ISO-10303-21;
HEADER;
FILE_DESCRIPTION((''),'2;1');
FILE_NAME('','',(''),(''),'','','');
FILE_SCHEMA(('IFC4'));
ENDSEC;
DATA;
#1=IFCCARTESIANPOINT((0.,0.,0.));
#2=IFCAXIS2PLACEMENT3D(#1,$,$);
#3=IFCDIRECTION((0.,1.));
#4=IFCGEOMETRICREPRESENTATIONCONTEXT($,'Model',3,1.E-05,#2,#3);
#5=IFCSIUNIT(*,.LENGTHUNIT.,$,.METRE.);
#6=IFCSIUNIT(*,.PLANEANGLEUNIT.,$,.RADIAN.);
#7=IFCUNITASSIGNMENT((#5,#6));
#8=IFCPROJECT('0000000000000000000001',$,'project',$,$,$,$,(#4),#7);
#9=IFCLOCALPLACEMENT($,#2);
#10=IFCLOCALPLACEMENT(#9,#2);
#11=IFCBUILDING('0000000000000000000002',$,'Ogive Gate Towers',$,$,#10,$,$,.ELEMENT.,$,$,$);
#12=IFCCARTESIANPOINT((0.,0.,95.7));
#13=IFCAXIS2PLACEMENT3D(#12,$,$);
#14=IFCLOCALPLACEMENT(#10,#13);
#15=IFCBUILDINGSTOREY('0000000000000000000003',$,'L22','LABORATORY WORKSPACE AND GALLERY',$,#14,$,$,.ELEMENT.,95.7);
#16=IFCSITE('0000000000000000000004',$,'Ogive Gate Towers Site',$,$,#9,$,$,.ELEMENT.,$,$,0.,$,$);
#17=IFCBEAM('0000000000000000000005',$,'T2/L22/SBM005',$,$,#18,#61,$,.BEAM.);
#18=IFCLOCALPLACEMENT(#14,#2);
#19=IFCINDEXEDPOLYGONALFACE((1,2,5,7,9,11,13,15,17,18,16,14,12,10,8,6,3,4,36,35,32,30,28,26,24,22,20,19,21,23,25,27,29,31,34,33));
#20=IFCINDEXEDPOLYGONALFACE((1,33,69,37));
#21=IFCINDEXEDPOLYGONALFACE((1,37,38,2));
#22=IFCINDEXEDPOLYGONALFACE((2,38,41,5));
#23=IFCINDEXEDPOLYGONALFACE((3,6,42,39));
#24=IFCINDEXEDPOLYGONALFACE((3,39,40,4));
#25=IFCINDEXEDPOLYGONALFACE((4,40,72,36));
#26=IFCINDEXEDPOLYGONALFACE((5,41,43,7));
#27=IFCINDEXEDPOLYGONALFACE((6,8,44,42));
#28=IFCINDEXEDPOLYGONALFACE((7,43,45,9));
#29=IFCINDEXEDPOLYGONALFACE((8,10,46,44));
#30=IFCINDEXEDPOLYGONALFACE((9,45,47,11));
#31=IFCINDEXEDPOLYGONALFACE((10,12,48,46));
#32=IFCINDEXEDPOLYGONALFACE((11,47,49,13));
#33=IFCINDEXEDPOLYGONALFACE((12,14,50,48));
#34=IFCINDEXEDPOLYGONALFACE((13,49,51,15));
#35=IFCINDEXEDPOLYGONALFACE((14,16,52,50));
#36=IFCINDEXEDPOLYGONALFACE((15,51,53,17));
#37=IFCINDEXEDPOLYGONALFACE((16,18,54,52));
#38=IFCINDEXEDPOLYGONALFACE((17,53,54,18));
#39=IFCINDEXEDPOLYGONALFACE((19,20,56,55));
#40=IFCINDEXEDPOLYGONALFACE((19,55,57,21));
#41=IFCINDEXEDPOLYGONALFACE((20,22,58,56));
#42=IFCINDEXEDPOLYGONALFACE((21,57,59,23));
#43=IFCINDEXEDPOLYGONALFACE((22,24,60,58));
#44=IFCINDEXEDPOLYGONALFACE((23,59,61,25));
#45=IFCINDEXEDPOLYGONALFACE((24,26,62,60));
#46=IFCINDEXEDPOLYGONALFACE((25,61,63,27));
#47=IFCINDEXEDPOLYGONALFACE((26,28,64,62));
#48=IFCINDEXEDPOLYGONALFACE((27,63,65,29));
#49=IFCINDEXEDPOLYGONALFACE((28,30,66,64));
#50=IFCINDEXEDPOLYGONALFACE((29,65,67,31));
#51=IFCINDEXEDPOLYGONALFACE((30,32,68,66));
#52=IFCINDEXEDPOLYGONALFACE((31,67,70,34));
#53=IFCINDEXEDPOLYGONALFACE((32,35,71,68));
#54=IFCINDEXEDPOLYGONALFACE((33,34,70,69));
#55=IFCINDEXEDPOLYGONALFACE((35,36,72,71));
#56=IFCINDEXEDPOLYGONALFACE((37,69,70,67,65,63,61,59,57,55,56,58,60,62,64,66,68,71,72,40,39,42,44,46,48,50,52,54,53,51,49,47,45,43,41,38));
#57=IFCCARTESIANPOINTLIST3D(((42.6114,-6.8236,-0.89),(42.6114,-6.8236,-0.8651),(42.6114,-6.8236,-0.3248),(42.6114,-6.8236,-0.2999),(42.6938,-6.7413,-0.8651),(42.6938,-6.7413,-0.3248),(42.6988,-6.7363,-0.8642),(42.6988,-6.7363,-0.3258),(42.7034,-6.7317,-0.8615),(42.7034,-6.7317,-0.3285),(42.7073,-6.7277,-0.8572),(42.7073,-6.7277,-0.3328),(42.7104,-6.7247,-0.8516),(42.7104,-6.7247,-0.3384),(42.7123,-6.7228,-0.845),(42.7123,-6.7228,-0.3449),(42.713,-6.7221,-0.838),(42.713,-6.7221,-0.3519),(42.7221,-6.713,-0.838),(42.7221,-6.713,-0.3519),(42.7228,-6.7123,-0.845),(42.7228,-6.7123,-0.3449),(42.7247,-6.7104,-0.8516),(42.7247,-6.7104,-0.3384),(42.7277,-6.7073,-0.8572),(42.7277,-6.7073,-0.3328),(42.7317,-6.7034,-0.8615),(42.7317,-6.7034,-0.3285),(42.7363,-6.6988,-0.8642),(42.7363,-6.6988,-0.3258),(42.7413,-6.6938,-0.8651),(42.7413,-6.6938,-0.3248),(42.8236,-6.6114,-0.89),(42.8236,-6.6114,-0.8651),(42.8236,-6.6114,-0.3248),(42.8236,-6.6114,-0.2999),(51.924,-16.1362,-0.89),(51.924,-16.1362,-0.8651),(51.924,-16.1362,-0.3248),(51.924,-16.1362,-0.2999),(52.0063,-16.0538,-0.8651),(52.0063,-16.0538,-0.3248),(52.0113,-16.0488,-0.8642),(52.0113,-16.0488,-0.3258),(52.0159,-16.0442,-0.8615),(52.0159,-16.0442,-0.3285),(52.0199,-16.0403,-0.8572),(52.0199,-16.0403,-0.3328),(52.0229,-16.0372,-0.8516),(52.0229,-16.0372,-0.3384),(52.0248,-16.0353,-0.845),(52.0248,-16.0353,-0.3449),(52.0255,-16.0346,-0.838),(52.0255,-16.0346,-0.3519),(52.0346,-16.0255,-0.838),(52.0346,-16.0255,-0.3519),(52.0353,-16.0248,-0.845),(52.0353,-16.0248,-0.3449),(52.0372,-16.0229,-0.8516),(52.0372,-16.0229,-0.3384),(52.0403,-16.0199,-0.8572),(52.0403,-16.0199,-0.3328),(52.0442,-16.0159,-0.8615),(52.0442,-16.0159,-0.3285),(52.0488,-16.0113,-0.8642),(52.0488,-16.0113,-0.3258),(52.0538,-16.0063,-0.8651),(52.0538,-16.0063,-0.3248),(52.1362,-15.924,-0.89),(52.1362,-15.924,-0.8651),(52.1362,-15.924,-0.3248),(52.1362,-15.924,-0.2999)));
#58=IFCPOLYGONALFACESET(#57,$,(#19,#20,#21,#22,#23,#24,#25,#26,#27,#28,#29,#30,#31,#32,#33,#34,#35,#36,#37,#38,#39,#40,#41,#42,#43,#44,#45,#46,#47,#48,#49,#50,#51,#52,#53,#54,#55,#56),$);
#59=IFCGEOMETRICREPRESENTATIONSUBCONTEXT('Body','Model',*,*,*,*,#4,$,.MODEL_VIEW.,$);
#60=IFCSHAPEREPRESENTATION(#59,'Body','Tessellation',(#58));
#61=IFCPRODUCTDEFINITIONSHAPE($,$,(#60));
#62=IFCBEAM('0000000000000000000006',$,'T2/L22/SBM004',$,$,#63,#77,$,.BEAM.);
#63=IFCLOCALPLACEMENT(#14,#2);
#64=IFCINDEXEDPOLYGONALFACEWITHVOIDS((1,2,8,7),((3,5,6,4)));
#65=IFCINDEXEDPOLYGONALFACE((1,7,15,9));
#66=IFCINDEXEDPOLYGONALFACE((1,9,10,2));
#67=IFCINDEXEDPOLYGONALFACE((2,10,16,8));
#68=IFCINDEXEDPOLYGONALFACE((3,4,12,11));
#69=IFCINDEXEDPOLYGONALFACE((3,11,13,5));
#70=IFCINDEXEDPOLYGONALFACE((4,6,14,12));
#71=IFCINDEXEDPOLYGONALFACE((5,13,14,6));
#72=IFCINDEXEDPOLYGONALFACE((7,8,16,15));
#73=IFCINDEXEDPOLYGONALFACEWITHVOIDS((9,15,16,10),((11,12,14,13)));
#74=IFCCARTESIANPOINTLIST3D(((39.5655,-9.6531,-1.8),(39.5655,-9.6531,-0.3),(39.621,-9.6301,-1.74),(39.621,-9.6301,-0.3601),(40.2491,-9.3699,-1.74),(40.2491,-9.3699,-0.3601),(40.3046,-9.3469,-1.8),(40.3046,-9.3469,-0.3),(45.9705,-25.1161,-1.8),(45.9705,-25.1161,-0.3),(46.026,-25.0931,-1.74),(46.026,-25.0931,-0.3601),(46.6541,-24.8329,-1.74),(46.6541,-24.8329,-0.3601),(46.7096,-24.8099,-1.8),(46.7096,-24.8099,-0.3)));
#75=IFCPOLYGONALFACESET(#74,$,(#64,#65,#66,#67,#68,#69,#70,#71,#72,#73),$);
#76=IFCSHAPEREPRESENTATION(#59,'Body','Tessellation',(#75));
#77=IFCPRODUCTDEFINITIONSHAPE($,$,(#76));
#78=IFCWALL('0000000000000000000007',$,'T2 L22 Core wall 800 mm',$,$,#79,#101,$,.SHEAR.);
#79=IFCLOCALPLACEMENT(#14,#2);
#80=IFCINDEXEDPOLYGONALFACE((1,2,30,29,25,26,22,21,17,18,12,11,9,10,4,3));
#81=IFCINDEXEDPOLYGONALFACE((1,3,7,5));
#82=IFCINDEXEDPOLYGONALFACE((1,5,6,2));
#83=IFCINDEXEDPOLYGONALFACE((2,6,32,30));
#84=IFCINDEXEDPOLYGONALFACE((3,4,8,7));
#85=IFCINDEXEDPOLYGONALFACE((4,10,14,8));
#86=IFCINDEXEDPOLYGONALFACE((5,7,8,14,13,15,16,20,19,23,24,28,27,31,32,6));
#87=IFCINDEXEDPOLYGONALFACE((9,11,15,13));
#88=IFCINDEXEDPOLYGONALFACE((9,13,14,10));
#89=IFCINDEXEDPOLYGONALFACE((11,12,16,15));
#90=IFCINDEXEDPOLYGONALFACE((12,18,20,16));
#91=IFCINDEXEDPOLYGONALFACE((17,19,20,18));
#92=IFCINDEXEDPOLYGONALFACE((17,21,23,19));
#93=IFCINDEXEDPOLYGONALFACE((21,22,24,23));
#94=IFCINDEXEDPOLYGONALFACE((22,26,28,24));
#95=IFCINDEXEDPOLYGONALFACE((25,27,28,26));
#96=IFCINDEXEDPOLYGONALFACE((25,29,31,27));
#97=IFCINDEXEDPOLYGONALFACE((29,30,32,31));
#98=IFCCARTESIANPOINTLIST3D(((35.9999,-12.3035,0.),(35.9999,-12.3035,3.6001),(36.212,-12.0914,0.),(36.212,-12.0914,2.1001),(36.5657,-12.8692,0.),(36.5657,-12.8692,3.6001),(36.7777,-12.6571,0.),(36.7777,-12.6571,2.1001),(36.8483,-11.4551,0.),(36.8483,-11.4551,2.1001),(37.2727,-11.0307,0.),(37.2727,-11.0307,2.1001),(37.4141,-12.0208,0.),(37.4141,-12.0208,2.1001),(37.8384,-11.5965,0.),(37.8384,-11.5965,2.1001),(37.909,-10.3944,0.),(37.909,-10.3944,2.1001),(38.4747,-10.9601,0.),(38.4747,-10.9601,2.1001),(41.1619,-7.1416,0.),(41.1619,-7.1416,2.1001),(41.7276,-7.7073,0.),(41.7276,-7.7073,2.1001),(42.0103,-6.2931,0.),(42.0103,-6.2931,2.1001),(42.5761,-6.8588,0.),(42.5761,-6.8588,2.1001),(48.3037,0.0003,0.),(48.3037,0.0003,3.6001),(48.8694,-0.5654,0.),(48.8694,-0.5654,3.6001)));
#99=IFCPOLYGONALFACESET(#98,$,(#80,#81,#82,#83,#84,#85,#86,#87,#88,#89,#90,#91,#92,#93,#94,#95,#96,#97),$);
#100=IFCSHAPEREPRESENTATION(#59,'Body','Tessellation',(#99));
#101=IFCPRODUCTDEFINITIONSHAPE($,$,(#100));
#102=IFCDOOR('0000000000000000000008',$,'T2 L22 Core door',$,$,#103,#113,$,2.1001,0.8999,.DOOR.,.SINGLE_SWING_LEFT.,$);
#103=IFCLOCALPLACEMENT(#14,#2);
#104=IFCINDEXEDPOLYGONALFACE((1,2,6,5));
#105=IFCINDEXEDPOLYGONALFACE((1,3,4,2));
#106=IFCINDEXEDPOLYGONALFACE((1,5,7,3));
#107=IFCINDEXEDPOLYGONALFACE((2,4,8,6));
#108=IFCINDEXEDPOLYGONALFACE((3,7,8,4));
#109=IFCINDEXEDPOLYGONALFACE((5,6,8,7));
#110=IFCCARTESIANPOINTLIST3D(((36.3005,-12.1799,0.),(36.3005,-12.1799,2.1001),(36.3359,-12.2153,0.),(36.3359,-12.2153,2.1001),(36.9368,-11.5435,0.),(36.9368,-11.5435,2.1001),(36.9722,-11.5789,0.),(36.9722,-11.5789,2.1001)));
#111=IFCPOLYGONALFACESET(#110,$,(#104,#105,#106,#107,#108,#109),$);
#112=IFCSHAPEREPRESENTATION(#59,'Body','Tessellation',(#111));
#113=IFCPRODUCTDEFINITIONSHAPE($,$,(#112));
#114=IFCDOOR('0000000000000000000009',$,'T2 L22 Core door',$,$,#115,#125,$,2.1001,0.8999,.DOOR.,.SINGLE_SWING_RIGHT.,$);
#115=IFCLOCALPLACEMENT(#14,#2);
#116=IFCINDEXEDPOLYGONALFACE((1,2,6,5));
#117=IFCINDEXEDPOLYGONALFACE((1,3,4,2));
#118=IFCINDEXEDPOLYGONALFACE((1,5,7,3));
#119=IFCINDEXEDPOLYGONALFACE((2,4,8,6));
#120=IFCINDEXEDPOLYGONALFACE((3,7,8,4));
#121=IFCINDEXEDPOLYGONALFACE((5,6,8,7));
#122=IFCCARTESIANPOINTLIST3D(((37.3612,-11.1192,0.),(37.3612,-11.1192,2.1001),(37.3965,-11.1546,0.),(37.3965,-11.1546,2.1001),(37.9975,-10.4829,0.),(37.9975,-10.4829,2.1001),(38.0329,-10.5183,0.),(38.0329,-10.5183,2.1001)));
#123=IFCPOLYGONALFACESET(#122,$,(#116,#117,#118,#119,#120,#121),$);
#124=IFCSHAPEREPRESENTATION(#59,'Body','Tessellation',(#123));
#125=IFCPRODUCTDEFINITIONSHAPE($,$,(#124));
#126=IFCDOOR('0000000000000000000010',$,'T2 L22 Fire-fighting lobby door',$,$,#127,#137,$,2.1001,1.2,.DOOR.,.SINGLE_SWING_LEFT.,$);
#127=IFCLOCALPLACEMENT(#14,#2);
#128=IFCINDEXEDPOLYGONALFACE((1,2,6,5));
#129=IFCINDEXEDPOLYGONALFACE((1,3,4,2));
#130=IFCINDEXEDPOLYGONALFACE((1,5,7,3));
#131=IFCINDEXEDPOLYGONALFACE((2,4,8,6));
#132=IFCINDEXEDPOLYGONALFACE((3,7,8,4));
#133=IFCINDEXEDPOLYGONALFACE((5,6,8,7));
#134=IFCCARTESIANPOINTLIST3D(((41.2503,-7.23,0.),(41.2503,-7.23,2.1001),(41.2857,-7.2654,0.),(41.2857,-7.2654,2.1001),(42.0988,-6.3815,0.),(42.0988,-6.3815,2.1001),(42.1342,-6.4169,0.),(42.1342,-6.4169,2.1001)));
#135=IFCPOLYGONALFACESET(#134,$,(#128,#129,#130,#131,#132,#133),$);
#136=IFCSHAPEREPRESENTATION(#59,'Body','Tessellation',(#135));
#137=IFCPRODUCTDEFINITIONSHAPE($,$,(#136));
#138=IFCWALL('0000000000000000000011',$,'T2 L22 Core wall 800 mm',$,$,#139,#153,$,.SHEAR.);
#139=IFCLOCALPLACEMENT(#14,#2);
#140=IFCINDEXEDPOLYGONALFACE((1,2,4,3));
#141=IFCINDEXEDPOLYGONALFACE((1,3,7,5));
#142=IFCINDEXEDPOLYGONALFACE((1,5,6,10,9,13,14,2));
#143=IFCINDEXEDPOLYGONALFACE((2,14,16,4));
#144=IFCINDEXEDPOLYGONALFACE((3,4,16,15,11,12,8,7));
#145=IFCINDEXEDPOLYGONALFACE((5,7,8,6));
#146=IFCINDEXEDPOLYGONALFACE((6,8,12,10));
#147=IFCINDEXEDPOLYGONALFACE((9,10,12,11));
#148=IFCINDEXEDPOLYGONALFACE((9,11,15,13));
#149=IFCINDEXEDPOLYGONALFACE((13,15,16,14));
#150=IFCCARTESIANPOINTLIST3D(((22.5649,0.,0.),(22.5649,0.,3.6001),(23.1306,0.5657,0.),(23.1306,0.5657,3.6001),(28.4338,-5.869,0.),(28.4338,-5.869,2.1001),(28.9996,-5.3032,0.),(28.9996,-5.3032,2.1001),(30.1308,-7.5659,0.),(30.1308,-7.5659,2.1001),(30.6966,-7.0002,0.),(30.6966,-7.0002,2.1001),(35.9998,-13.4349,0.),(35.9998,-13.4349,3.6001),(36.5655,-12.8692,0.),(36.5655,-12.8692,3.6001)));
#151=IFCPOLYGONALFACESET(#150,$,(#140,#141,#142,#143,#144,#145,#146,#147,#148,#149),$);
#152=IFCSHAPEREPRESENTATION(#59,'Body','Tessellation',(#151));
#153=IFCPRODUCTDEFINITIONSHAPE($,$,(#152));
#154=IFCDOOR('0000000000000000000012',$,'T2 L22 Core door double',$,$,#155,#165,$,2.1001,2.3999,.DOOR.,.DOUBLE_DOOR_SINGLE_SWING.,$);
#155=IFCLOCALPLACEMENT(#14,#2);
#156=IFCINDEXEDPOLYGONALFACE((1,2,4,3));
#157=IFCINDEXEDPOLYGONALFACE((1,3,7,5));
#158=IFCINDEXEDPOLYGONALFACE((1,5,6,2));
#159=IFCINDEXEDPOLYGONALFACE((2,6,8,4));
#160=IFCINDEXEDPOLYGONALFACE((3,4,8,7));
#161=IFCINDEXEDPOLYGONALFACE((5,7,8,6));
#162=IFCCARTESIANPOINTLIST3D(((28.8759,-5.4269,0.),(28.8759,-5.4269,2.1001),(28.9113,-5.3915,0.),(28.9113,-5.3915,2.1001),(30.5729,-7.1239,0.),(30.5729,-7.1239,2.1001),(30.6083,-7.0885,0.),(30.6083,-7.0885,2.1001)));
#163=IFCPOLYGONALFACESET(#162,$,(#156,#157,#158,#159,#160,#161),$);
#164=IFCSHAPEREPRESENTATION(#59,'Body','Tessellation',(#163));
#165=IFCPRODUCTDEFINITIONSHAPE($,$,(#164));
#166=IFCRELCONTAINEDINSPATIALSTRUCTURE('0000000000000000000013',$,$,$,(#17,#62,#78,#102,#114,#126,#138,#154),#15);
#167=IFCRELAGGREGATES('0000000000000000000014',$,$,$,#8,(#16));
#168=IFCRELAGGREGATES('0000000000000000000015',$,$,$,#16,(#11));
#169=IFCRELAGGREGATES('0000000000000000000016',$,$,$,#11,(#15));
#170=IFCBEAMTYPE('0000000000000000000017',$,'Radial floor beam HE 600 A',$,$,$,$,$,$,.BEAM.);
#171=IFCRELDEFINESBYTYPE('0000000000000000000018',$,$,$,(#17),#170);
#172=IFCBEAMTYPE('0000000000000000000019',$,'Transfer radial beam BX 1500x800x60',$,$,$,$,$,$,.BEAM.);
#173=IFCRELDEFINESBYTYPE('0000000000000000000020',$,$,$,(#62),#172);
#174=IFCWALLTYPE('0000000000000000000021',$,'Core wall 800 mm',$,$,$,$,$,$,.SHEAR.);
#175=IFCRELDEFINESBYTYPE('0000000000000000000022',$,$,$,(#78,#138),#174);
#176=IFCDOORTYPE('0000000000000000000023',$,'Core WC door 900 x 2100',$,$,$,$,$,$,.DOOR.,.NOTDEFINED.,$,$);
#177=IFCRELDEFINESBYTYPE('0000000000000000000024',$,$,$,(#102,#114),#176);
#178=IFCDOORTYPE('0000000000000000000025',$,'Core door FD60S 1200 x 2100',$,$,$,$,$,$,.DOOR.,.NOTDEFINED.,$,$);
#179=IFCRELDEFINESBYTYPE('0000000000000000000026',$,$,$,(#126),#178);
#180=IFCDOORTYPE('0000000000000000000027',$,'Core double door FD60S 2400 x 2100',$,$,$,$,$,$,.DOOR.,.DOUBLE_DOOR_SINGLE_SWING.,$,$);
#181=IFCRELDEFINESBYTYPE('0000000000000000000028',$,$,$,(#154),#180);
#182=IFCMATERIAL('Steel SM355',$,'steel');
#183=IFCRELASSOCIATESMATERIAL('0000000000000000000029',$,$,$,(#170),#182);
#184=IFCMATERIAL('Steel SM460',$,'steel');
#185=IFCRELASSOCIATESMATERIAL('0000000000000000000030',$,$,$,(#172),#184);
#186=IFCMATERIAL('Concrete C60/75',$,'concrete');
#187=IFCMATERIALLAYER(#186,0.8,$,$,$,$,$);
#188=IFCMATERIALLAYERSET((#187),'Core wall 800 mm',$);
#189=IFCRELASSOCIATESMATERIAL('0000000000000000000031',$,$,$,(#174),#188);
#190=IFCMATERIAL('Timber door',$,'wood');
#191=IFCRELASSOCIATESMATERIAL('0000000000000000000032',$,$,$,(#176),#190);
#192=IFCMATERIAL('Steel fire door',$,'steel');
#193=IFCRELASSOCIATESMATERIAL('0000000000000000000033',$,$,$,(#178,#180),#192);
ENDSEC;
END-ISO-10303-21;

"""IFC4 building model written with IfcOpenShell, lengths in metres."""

from ifc_helpers import new_model, si_unit, direction, frame, frame_2d, origin, origin_2d, place, context, subcontext, project, spatial, rectangle, hollow_rectangle, i_section, extrude, material, layer, layer_set, material_profile, profile_set, type_object, element, fill, save


model = new_model("IFC4")

# Units and contexts
model_context = context("Model", 3, precision=1e-05, world=origin(), true_north=direction((0.0, 1.0)))
body_context = subcontext(model_context, "Body", "Model", "MODEL_VIEW")
ifc_project = project(units=[si_unit("LENGTHUNIT", "METRE"), si_unit("PLANEANGLEUNIT", "RADIAN")], contexts=[model_context])

# Site, building, storey
site_placement = place(None, origin())
site = spatial("IfcSite", under=ifc_project, at=site_placement, Name="Ogive Gate Towers Site", CompositionType="ELEMENT", RefElevation=0.0)
building_placement = place(site_placement, origin())
building = spatial("IfcBuilding", under=site, at=building_placement, Name="Ogive Gate Towers", CompositionType="ELEMENT")
storey_placement = place(building_placement, frame((0.0, 0.0, 95.7)))
storey = spatial("IfcBuildingStorey", under=building, at=storey_placement, Name="L22", Description="LABORATORY WORKSPACE AND GALLERY", CompositionType="ELEMENT", Elevation=95.7)

# Beams
ifc_material_1 = material(Name="Steel SM355", Category="steel")
ifc_material_profile_1 = material_profile(ifc_material_1, i_section(OverallWidth=0.3, OverallDepth=0.5901, WebThickness=0.0129, FlangeThickness=0.0249, FilletRadius=0.0271, at=origin_2d()), Name="HE 600 A")
ifc_profile_set_1 = profile_set([ifc_material_profile_1], Name="Steel SM355")
beam_type_1 = type_object("IfcBeamType", Name="Radial floor beam HE 600 A", PredefinedType="BEAM", material=ifc_profile_set_1)
beam_1_placement = place(storey_placement, frame((42.7175, -6.7175, -0.595), z_axis=(0.707107, -0.707107, 0.0), x_axis=(0.707107, 0.707107, 0.0)))
element("IfcBeam", 1, at=beam_1_placement, inside=storey, type_object=beam_type_1, Name="T2/L22/SBM005", PredefinedType="BEAM", context=body_context, shape_type="SweptSolid", body=[
    extrude(i_section(OverallWidth=0.3, OverallDepth=0.5901, WebThickness=0.0129, FlangeThickness=0.0249, FilletRadius=0.0271, at=origin_2d()), origin(), (0.0, 0.0, 1.0), 13.1699),
])
ifc_material_2 = material(Name="Steel SM460", Category="steel")
ifc_material_profile_2 = material_profile(ifc_material_2, hollow_rectangle(XDim=0.8, YDim=1.5, WallThickness=0.0601, at=origin_2d()), Name="BX 1500x800x60")
ifc_profile_set_2 = profile_set([ifc_material_profile_2], Name="Steel SM460")
beam_type_2 = type_object("IfcBeamType", Name="Transfer radial beam BX 1500x800x60", PredefinedType="BEAM", material=ifc_profile_set_2)
beam_2_placement = place(storey_placement, frame((39.9351, -9.5, -1.05), z_axis=(0.382683, -0.92388, 0.0), x_axis=(0.92388, 0.382683, 0.0)))
element("IfcBeam", 2, at=beam_2_placement, inside=storey, type_object=beam_type_2, Name="T2/L22/SBM004", PredefinedType="BEAM", context=body_context, shape_type="SweptSolid", body=[
    extrude(hollow_rectangle(XDim=0.8, YDim=1.5, WallThickness=0.0601, at=origin_2d()), origin(), (0.0, 0.0, 1.0), 16.7371),
])

# Wall, openings, doors
ifc_material_3 = material(Name="Concrete C60/75", Category="concrete")
ifc_layer_1 = layer(ifc_material_3, 0.8)
ifc_layer_set_1 = layer_set([ifc_layer_1], Name="Core wall 800 mm")
wall_type_1 = type_object("IfcWallType", Name="Core wall 800 mm", PredefinedType="SHEAR", material=ifc_layer_set_1)
wall_1_placement = place(storey_placement, frame((36.2827, -12.5864, 0.0), z_axis=(0.0, 0.0, 1.0), x_axis=(0.707107, 0.707107, 0.0)))
wall_1 = element("IfcWall", 3, at=wall_1_placement, inside=storey, type_object=wall_type_1, Name="T2 L22 Core wall 800 mm", PredefinedType="SHEAR", context=body_context, shape_type="SweptSolid", body=[
    extrude(rectangle(XDim=17.4001, YDim=0.8, at=frame_2d((8.7002, 0.0))), origin(), (0.0, 0.0, 1.0), 3.6001),
])
opening_1_placement = place(wall_1_placement, frame((7.3, 0.0, 0.0)))
opening_1 = element("IfcOpeningElement", 4, at=opening_1_placement, cuts=wall_1, PredefinedType="OPENING", context=body_context, shape_type="SweptSolid", body=[
    extrude(rectangle(XDim=1.2, YDim=2.1001, at=frame_2d((0.6001, 1.05))), frame((0.0, 0.4102, 0.0), z_axis=(0.0, -1.0, 0.0), x_axis=(1.0, 0.0, 0.0)), (0.0, 0.0, 1.0), 0.8201),
])
opening_2_placement = place(wall_1_placement, frame((0.3, 0.0, 0.0)))
opening_2 = element("IfcOpeningElement", 5, at=opening_2_placement, cuts=wall_1, PredefinedType="OPENING", context=body_context, shape_type="SweptSolid", body=[
    extrude(rectangle(XDim=0.8999, YDim=2.1001, at=frame_2d((0.45, 1.05))), frame((0.0, 0.4102, 0.0), z_axis=(0.0, -1.0, 0.0), x_axis=(1.0, 0.0, 0.0)), (0.0, 0.0, 1.0), 0.8201),
])
opening_3_placement = place(wall_1_placement, frame((1.8, 0.0, 0.0)))
opening_3 = element("IfcOpeningElement", 6, at=opening_3_placement, cuts=wall_1, PredefinedType="OPENING", context=body_context, shape_type="SweptSolid", body=[
    extrude(rectangle(XDim=0.8999, YDim=2.1001, at=frame_2d((0.45, 1.05))), frame((0.0, 0.4102, 0.0), z_axis=(0.0, -1.0, 0.0), x_axis=(1.0, 0.0, 0.0)), (0.0, 0.0, 1.0), 0.8201),
])
ifc_material_4 = material(Name="Timber door", Category="wood")
door_type_1 = type_object("IfcDoorType", Name="Core WC door 900 x 2100", OperationType="NOTDEFINED", PredefinedType="DOOR", material=ifc_material_4)
door_1_placement = place(opening_2_placement, origin())
door_1 = element("IfcDoor", 7, at=door_1_placement, inside=storey, type_object=door_type_1, Name="T2 L22 Core door", OperationType="SINGLE_SWING_LEFT", OverallHeight=2.1001, OverallWidth=0.8999, PredefinedType="DOOR", context=body_context, shape_type="SweptSolid", body=[
    extrude(rectangle(XDim=0.8999, YDim=2.1001, at=frame_2d((0.45, 1.05))), frame((0.0, 0.2749, 0.0), z_axis=(0.0, -1.0, 0.0), x_axis=(1.0, 0.0, 0.0)), (0.0, 0.0, 1.0), 0.05),
])
fill(opening_2, door_1)
door_2_placement = place(opening_3_placement, origin())
door_2 = element("IfcDoor", 8, at=door_2_placement, inside=storey, type_object=door_type_1, Name="T2 L22 Core door", OperationType="SINGLE_SWING_RIGHT", OverallHeight=2.1001, OverallWidth=0.8999, PredefinedType="DOOR", context=body_context, shape_type="SweptSolid", body=[
    extrude(rectangle(XDim=0.8999, YDim=2.1001, at=frame_2d((0.45, 1.05))), frame((0.0, 0.2749, 0.0), z_axis=(0.0, -1.0, 0.0), x_axis=(1.0, 0.0, 0.0)), (0.0, 0.0, 1.0), 0.05),
])
fill(opening_3, door_2)
ifc_material_5 = material(Name="Steel fire door", Category="steel")
door_type_2 = type_object("IfcDoorType", Name="Core door FD60S 1200 x 2100", OperationType="NOTDEFINED", PredefinedType="DOOR", material=ifc_material_5)
door_3_placement = place(opening_1_placement, origin())
door_3 = element("IfcDoor", 9, at=door_3_placement, inside=storey, type_object=door_type_2, Name="T2 L22 Fire-fighting lobby door", OperationType="SINGLE_SWING_LEFT", OverallHeight=2.1001, OverallWidth=1.2, PredefinedType="DOOR", context=body_context, shape_type="SweptSolid", body=[
    extrude(rectangle(XDim=1.2, YDim=2.1001, at=frame_2d((0.6001, 1.05))), frame((0.0, 0.2749, 0.0), z_axis=(0.0, -1.0, 0.0), x_axis=(1.0, 0.0, 0.0)), (0.0, 0.0, 1.0), 0.05),
])
fill(opening_1, door_3)

# Wall, opening, door
wall_2_placement = place(storey_placement, frame((36.2827, -13.1521, 0.0), z_axis=(0.0, 0.0, 1.0), x_axis=(-0.707107, 0.707107, 0.0)))
wall_2 = element("IfcWall", 10, at=wall_2_placement, inside=storey, type_object=wall_type_1, Name="T2 L22 Core wall 800 mm", PredefinedType="SHEAR", context=body_context, shape_type="SweptSolid", body=[
    extrude(rectangle(XDim=18.9998, YDim=0.8, at=frame_2d((9.5, 0.0))), origin(), (0.0, 0.0, 1.0), 3.6001),
])
opening_4_placement = place(wall_2_placement, frame((8.3, 0.0, 0.0)))
opening_4 = element("IfcOpeningElement", 11, at=opening_4_placement, cuts=wall_2, PredefinedType="OPENING", context=body_context, shape_type="SweptSolid", body=[
    extrude(rectangle(XDim=2.3999, YDim=2.1001, at=frame_2d((1.2, 1.05))), frame((0.0, 0.4102, 0.0), z_axis=(0.0, -1.0, 0.0), x_axis=(1.0, 0.0, 0.0)), (0.0, 0.0, 1.0), 0.8201),
])
door_type_3 = type_object("IfcDoorType", Name="Core double door FD60S 2400 x 2100", OperationType="DOUBLE_DOOR_SINGLE_SWING", PredefinedType="DOOR", material=ifc_material_5)
door_4_placement = place(opening_4_placement, origin())
door_4 = element("IfcDoor", 12, at=door_4_placement, inside=storey, type_object=door_type_3, Name="T2 L22 Core door double", OperationType="DOUBLE_DOOR_SINGLE_SWING", OverallHeight=2.1001, OverallWidth=2.3999, PredefinedType="DOOR", context=body_context, shape_type="SweptSolid", body=[
    extrude(rectangle(XDim=2.3999, YDim=2.1001, at=frame_2d((1.2, 1.05))), frame((0.0, -0.2251, 0.0), z_axis=(0.0, -1.0, 0.0), x_axis=(1.0, 0.0, 0.0)), (0.0, 0.0, 1.0), 0.05),
])
fill(opening_4, door_4)

save(model, "model.ifc")
